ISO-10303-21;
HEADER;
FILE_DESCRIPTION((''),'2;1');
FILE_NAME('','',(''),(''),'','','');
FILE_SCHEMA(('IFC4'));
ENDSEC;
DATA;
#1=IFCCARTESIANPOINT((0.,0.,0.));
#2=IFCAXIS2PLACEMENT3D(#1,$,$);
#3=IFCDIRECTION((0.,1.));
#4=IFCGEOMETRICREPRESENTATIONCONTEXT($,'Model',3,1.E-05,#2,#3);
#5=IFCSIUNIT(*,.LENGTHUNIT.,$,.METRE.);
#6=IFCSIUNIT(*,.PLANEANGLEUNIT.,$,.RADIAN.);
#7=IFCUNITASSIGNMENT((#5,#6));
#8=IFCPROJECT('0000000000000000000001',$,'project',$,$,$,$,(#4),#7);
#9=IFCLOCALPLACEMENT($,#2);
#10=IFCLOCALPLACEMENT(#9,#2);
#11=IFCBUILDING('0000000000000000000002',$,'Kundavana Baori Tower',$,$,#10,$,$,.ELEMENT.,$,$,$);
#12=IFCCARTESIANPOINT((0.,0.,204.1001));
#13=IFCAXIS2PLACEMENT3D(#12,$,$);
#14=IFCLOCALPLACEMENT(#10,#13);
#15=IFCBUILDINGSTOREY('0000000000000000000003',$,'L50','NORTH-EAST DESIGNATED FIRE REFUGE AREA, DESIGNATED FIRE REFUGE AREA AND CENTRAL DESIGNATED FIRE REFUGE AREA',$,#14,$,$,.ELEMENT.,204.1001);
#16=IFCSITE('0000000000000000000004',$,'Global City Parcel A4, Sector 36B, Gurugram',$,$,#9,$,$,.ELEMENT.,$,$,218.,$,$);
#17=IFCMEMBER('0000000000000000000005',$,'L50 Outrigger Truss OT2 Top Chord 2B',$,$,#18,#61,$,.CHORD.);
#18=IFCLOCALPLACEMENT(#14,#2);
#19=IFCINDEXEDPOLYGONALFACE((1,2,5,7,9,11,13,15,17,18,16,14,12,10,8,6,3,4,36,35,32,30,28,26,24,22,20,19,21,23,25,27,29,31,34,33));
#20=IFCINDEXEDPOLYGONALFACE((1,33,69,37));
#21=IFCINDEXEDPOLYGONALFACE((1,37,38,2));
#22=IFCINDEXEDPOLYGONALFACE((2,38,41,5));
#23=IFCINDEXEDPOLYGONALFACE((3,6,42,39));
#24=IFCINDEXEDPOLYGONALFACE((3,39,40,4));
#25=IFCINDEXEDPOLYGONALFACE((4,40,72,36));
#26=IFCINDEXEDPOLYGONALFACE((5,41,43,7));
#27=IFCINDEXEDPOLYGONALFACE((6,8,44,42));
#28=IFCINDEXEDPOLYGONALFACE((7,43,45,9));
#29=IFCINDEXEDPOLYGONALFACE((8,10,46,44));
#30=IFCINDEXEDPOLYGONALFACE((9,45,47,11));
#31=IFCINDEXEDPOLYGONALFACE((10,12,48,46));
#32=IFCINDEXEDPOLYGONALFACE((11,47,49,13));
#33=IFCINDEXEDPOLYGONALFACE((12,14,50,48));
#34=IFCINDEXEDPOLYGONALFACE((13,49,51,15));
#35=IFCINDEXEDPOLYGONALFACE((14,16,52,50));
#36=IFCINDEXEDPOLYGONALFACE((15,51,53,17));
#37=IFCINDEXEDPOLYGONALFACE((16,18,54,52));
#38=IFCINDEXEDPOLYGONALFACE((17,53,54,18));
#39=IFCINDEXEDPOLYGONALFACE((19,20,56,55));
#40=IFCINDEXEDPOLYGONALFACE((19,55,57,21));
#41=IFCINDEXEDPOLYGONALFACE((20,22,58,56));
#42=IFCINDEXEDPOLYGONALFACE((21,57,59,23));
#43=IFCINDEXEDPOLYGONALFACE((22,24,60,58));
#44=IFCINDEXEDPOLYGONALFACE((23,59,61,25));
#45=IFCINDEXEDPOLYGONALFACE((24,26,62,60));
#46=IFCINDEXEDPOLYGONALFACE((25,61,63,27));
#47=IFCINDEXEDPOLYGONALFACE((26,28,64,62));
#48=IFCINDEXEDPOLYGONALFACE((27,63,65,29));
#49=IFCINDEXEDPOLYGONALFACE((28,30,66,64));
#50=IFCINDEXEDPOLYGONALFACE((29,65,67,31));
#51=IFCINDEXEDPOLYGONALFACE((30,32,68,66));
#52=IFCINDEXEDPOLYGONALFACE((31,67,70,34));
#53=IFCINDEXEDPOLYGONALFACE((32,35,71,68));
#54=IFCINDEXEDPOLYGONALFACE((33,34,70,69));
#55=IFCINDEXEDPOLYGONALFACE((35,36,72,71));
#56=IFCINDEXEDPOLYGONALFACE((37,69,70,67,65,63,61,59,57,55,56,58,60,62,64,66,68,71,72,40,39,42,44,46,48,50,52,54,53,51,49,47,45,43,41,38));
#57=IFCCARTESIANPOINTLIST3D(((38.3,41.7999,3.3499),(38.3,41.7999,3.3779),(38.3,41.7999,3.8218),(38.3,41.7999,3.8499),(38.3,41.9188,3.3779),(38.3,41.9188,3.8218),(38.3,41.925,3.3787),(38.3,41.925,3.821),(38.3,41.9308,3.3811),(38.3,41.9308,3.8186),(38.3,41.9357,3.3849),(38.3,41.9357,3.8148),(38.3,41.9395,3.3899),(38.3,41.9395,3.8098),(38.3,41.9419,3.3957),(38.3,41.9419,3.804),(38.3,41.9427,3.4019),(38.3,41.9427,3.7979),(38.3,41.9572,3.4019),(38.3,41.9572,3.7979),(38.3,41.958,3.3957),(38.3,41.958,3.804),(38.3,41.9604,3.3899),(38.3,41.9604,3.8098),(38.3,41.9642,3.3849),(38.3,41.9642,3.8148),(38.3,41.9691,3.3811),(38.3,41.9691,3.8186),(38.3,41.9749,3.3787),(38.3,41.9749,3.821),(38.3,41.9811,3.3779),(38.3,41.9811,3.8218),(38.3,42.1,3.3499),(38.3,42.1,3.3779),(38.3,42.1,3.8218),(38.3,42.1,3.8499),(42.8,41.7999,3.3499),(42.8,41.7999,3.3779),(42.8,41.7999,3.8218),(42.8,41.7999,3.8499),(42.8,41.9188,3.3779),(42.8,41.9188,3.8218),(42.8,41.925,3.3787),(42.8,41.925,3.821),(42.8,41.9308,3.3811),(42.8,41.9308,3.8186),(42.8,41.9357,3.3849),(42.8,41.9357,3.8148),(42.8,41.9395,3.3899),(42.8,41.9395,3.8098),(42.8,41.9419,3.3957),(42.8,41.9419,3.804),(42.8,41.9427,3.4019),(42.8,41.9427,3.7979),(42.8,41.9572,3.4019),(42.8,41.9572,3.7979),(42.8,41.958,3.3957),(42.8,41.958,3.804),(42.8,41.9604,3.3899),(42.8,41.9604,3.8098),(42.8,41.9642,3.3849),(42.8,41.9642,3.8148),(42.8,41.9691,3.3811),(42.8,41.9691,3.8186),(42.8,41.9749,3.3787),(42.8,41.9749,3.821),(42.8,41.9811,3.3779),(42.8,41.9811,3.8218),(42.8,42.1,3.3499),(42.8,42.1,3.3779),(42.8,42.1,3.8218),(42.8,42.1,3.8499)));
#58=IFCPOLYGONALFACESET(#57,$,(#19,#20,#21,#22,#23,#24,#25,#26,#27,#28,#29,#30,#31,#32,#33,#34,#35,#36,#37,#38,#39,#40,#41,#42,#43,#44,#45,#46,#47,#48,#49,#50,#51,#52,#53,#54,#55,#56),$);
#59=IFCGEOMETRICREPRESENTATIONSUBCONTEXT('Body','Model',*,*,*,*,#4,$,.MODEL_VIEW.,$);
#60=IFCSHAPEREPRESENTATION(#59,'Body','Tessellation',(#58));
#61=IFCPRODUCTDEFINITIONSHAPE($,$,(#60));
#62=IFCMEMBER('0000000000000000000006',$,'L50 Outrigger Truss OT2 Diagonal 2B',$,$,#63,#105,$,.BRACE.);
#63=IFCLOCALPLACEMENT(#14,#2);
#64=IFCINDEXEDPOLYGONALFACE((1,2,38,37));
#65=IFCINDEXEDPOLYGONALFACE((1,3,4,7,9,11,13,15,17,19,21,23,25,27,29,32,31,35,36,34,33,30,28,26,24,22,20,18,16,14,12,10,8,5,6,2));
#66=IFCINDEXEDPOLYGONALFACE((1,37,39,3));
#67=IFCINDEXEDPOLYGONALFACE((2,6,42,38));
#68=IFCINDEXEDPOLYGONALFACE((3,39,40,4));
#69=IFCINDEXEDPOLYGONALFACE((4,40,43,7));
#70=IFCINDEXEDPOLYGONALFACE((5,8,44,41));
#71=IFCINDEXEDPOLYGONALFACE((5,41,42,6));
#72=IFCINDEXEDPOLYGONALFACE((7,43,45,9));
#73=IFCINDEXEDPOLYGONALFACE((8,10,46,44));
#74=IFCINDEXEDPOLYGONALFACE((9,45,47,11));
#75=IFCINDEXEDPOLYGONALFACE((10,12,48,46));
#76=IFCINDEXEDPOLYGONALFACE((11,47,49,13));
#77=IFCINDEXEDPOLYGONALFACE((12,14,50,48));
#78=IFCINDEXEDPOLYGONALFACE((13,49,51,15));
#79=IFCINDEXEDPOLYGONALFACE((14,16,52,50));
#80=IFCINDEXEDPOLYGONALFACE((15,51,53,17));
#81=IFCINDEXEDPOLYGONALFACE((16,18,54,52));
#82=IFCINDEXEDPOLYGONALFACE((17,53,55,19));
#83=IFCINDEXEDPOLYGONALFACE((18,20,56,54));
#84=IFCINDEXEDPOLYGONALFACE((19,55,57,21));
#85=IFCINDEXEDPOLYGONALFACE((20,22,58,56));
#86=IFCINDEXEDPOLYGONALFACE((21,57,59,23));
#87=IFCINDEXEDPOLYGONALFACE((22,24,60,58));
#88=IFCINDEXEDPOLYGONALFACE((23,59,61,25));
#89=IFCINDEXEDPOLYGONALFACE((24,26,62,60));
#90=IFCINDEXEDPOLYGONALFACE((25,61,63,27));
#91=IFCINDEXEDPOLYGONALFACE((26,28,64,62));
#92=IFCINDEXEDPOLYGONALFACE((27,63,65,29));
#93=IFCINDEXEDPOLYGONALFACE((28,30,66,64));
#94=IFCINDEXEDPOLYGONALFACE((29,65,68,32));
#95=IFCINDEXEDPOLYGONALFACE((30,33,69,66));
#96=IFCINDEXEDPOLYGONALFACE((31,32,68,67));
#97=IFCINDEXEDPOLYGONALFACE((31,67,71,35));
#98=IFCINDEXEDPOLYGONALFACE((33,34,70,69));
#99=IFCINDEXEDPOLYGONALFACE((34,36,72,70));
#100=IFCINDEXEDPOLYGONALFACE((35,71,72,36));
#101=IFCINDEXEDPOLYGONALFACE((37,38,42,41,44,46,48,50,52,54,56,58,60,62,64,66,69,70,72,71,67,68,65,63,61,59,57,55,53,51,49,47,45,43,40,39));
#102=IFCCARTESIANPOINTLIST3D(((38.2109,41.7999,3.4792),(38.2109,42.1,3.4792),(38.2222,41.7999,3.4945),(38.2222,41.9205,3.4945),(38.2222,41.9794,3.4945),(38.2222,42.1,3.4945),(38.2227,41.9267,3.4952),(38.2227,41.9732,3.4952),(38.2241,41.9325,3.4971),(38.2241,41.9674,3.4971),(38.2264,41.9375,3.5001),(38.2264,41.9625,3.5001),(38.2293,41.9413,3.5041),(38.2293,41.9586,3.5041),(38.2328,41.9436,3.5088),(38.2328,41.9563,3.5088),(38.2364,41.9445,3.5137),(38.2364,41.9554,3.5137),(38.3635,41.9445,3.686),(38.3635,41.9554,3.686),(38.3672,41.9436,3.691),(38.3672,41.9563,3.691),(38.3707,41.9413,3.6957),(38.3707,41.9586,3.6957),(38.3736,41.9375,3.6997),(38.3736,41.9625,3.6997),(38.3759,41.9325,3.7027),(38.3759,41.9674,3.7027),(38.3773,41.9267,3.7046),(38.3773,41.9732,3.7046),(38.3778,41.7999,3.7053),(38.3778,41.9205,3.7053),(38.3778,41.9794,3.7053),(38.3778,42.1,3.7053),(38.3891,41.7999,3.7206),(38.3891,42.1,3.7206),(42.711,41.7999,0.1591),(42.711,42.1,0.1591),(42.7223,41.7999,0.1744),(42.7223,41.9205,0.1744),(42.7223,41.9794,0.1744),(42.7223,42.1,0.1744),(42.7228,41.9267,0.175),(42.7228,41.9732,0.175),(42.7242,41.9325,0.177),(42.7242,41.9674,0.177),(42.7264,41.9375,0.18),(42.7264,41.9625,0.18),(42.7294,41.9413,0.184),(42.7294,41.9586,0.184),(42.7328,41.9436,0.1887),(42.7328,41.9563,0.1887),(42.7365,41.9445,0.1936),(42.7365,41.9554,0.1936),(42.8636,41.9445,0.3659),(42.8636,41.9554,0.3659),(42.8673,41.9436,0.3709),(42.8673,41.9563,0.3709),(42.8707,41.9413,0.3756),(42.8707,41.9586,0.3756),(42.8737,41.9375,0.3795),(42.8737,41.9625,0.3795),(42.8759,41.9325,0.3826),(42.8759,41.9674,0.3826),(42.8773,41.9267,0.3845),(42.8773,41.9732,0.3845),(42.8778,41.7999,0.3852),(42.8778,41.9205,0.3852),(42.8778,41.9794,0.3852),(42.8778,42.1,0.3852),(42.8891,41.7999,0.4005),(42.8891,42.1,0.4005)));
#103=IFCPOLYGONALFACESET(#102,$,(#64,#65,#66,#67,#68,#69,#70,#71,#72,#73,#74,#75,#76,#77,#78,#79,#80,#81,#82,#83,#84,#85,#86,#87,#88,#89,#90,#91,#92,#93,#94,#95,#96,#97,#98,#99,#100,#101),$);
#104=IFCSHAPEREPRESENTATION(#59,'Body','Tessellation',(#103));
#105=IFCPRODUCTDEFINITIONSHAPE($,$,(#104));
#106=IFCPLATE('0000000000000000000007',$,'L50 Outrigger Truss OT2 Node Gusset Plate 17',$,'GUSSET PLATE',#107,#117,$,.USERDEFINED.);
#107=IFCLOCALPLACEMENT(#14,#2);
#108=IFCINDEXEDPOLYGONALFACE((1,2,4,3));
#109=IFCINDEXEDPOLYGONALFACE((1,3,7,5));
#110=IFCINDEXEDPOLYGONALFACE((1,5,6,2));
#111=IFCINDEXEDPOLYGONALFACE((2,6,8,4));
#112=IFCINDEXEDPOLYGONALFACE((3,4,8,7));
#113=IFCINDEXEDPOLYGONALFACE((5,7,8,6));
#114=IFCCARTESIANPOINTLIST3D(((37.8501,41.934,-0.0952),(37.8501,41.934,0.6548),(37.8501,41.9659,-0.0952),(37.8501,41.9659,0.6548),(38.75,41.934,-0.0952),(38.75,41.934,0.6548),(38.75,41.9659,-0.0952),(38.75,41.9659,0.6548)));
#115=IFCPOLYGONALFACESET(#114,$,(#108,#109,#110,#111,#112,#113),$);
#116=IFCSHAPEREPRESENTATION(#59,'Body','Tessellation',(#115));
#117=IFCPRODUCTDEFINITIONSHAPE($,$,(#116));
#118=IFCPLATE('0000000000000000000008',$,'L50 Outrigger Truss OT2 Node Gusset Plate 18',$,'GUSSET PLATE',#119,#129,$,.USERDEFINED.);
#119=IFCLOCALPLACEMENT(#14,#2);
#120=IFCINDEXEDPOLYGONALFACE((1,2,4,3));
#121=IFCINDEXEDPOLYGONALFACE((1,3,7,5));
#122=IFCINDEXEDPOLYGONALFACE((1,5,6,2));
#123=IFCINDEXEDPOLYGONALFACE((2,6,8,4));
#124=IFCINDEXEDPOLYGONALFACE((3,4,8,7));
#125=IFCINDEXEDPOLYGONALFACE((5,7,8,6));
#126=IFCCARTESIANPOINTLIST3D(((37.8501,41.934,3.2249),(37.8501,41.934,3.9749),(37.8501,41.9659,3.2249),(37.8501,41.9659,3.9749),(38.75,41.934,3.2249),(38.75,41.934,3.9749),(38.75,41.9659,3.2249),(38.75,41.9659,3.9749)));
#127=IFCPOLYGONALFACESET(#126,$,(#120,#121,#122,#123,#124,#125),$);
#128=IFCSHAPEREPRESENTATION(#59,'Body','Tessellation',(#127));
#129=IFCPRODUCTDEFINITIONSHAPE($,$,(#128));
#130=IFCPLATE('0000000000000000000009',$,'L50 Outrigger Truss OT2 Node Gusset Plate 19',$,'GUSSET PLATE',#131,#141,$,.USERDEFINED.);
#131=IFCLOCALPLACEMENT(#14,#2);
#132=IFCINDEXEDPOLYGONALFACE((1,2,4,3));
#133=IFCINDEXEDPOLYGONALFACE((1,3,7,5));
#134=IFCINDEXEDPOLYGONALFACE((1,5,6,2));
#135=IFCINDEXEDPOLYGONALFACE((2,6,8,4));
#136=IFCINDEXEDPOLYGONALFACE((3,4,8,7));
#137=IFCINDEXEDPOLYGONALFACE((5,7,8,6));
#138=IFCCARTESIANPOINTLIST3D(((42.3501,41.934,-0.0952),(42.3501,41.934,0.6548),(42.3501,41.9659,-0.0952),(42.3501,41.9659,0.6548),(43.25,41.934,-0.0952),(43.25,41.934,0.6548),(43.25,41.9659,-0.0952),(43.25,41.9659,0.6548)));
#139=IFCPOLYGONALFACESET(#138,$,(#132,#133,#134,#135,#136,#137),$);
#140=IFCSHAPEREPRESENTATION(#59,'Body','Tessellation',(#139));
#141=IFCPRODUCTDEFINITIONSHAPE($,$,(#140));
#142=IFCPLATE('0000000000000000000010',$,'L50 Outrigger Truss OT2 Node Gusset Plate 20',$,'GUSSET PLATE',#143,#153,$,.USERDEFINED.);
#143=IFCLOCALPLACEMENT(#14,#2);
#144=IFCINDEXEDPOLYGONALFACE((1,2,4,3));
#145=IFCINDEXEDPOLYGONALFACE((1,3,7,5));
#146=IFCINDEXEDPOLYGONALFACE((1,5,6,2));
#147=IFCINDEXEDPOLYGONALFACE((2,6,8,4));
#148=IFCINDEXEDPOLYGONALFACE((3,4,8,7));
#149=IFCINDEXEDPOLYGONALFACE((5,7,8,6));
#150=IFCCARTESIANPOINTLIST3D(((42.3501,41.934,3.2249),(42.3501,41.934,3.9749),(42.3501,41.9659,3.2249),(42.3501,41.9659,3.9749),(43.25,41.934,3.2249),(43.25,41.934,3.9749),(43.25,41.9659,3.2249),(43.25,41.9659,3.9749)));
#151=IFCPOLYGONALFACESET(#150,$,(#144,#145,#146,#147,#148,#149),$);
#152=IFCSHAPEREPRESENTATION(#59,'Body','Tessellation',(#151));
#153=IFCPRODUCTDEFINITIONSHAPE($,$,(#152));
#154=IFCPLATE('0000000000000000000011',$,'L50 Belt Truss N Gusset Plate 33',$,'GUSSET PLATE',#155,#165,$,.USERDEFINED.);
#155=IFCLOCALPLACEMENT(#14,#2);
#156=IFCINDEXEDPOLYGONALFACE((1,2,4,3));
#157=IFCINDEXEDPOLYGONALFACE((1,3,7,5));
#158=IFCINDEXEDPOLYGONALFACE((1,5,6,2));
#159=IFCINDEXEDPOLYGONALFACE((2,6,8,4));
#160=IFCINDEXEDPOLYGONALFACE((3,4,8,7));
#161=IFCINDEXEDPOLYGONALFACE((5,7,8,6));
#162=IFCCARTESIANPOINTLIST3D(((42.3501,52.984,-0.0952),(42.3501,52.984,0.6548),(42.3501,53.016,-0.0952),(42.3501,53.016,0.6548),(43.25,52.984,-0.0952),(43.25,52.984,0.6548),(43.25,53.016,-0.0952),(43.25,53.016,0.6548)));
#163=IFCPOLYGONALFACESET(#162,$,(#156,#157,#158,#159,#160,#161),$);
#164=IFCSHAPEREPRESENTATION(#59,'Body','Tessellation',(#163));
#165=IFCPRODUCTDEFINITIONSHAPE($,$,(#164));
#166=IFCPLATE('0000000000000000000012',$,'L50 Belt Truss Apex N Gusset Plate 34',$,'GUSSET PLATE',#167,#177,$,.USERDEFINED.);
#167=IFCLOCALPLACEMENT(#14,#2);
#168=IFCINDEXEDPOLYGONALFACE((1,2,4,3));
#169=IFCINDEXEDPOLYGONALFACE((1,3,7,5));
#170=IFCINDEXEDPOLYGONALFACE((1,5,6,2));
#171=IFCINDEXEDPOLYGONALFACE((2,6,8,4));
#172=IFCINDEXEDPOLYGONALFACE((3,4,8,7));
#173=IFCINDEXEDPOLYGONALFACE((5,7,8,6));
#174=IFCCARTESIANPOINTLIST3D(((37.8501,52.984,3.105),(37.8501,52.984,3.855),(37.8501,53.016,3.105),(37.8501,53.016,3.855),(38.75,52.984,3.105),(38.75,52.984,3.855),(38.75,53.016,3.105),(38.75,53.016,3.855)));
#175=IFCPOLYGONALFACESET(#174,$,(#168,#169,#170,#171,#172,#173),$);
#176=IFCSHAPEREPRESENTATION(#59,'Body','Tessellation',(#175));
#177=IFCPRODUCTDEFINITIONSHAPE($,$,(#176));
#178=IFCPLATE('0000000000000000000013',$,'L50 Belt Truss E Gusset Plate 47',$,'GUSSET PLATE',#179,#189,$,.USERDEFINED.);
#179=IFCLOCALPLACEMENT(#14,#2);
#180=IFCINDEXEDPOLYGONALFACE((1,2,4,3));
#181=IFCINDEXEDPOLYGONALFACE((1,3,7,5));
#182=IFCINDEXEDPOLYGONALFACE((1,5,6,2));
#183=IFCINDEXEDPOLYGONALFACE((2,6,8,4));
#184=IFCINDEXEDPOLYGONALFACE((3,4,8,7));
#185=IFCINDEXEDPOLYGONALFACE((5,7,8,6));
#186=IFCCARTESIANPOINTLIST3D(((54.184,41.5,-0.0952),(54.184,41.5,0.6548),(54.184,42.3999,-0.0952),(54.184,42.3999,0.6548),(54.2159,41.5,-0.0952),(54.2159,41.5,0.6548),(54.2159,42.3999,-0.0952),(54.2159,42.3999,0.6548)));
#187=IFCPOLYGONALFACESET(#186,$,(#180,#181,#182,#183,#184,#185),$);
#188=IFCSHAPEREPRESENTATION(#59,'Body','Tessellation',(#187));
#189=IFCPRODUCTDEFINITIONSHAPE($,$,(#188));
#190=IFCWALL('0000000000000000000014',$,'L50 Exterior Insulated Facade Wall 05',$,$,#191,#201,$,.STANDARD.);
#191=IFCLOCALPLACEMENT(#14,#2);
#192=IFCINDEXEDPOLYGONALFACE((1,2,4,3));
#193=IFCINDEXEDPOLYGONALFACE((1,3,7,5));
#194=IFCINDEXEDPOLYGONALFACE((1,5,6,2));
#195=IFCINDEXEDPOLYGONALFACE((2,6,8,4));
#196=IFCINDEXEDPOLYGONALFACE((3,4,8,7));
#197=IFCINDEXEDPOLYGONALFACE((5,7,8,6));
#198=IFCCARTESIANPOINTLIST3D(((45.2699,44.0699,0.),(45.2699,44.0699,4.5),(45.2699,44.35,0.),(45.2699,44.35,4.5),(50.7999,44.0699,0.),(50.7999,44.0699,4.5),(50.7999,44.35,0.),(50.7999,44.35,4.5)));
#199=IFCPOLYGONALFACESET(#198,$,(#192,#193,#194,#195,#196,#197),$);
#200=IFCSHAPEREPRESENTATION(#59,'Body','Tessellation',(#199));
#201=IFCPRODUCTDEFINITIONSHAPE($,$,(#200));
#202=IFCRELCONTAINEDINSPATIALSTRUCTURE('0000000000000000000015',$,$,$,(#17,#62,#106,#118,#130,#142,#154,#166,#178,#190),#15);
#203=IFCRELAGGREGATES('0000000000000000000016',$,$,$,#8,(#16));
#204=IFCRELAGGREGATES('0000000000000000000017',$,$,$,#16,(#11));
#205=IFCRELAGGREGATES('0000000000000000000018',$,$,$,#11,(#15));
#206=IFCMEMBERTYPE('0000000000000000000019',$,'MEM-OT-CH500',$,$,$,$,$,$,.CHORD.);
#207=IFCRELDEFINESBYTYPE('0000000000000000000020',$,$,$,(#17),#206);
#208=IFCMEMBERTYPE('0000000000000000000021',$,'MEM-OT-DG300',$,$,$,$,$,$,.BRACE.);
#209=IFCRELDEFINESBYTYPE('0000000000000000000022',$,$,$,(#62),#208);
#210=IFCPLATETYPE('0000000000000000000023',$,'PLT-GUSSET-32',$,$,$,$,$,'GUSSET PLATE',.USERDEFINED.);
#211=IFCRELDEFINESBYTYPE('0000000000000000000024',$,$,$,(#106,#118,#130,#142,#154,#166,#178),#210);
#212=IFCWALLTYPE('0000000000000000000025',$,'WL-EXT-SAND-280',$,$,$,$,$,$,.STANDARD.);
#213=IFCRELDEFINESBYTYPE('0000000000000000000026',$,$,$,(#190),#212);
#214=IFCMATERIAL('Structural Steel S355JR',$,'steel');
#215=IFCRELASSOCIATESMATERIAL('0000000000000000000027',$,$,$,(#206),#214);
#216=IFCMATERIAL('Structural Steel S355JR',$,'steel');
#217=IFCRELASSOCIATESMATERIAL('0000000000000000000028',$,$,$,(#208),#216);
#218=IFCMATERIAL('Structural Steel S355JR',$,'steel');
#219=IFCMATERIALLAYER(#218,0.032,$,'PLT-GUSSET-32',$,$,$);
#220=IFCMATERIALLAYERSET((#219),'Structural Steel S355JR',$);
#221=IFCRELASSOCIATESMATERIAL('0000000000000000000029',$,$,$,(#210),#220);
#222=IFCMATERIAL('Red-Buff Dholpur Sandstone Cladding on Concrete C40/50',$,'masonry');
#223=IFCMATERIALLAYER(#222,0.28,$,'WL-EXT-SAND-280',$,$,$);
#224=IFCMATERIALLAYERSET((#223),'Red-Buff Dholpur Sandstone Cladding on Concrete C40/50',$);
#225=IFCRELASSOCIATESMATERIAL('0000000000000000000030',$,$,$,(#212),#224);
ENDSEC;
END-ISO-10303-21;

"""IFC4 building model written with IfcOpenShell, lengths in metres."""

from ifc_helpers import new_model, si_unit, direction, frame, frame_2d, origin, origin_2d, place, context, subcontext, project, spatial, rectangle, i_section, extrude, material, layer, layer_set, material_profile, profile_set, type_object, element, save


model = new_model("IFC4")

# Units and contexts
model_context = context("Model", 3, precision=1e-05, world=origin(), true_north=direction((0.0, 1.0)))
body_context = subcontext(model_context, "Body", "Model", "MODEL_VIEW")
ifc_project = project(units=[si_unit("LENGTHUNIT", "METRE"), si_unit("PLANEANGLEUNIT", "RADIAN")], contexts=[model_context])

# Site, building, storey
site_placement = place(None, origin())
site = spatial("IfcSite", under=ifc_project, at=site_placement, Name="Global City Parcel A4, Sector 36B, Gurugram", CompositionType="ELEMENT", RefElevation=218.0)
building_placement = place(site_placement, origin())
building = spatial("IfcBuilding", under=site, at=building_placement, Name="Kundavana Baori Tower", CompositionType="ELEMENT")
storey_placement = place(building_placement, frame((0.0, 0.0, 204.1001)))
storey = spatial("IfcBuildingStorey", under=building, at=storey_placement, Name="L50", Description="NORTH-EAST DESIGNATED FIRE REFUGE AREA, DESIGNATED FIRE REFUGE AREA AND CENTRAL DESIGNATED FIRE REFUGE AREA", CompositionType="ELEMENT", Elevation=204.1001)

# Members
ifc_material_1 = material(Name="Structural Steel S355JR", Category="steel")
ifc_material_profile_1 = material_profile(ifc_material_1, i_section(OverallWidth=0.3, OverallDepth=0.5, WebThickness=0.0144, FlangeThickness=0.0281, FilletRadius=0.0239, at=origin_2d()), Name="WPB 500x300x155")
ifc_profile_set_1 = profile_set([ifc_material_profile_1], Name="Structural Steel S355JR")
member_type_1 = type_object("IfcMemberType", Name="MEM-OT-CH500", PredefinedType="CHORD", material=ifc_profile_set_1)
member_1_placement = place(storey_placement, frame((38.3, 41.95, 3.5999), z_axis=(1.0, 0.0, 0.0), x_axis=(0.0, 1.0, 0.0)))
element("IfcMember", 1, at=member_1_placement, inside=storey, type_object=member_type_1, Name="L50 Outrigger Truss OT2 Top Chord 2B", PredefinedType="CHORD", context=body_context, shape_type="SweptSolid", body=[
    extrude(i_section(OverallWidth=0.3, OverallDepth=0.5, WebThickness=0.0144, FlangeThickness=0.0281, FilletRadius=0.0239, at=origin_2d()), origin(), (0.0, 0.0, 1.0), 4.5),
])
ifc_material_2 = material(Name="Structural Steel S355JR", Category="steel")
ifc_material_profile_2 = material_profile(ifc_material_2, i_section(OverallWidth=0.3, OverallDepth=0.3, WebThickness=0.011, FlangeThickness=0.019, FilletRadius=0.0239, at=origin_2d()), Name="WPB 300x300x117")
ifc_profile_set_2 = profile_set([ifc_material_profile_2], Name="Structural Steel S355JR")
member_type_2 = type_object("IfcMemberType", Name="MEM-OT-DG300", PredefinedType="BRACE", material=ifc_profile_set_2)
member_2_placement = place(storey_placement, frame((42.8, 41.95, 0.2798), z_axis=(-0.80469, 0.0, 0.593695), x_axis=(0.0, -1.0, 0.0)))
element("IfcMember", 2, at=member_2_placement, inside=storey, type_object=member_type_2, Name="L50 Outrigger Truss OT2 Diagonal 2B", PredefinedType="BRACE", context=body_context, shape_type="SweptSolid", body=[
    extrude(i_section(OverallWidth=0.3, OverallDepth=0.3, WebThickness=0.011, FlangeThickness=0.019, FilletRadius=0.0239, at=origin_2d()), origin(), (0.0, 0.0, 1.0), 5.5923),
])

# Plates
ifc_material_3 = material(Name="Structural Steel S355JR", Category="steel")
ifc_layer_1 = layer(ifc_material_3, 0.032, Name="PLT-GUSSET-32")
ifc_layer_set_1 = layer_set([ifc_layer_1], Name="Structural Steel S355JR")
plate_type = type_object("IfcPlateType", Name="PLT-GUSSET-32", ElementType="GUSSET PLATE", PredefinedType="USERDEFINED", material=ifc_layer_set_1)
for number, where, z_axis, x_axis, name in (
    (3, (38.3, 41.95, -0.0952), (0.0, 0.0, 1.0), (1.0, 0.0, 0.0), "L50 Outrigger Truss OT2 Node Gusset Plate 17"),
    (4, (38.3, 41.95, 3.2249), (0.0, 0.0, 1.0), (1.0, 0.0, 0.0), "L50 Outrigger Truss OT2 Node Gusset Plate 18"),
    (5, (42.8, 41.95, -0.0952), (0.0, 0.0, 1.0), (1.0, 0.0, 0.0), "L50 Outrigger Truss OT2 Node Gusset Plate 19"),
    (6, (42.8, 41.95, 3.2249), (0.0, 0.0, 1.0), (1.0, 0.0, 0.0), "L50 Outrigger Truss OT2 Node Gusset Plate 20"),
    (7, (42.8, 53.0, -0.0952), (0.0, 0.0, 1.0), (1.0, 0.0, 0.0), "L50 Belt Truss N Gusset Plate 33"),
    (8, (38.3, 53.0, 3.105), (0.0, 0.0, 1.0), (1.0, 0.0, 0.0), "L50 Belt Truss Apex N Gusset Plate 34"),
):
    element("IfcPlate", number, at=place(storey_placement, frame(where, z_axis=z_axis, x_axis=x_axis)), inside=storey, type_object=plate_type, Name=name, ObjectType="GUSSET PLATE", PredefinedType="USERDEFINED", context=body_context, shape_type="SweptSolid", body=[
        extrude(rectangle(XDim=0.8999, YDim=0.032, at=origin_2d()), origin(), (0.0, 0.0, 1.0), 0.75),
    ])
plate_placement = place(storey_placement, frame((54.2, 41.95, -0.0952), z_axis=(0.0, 0.0, 1.0), x_axis=(1.0, 0.0, 0.0)))
element("IfcPlate", 9, at=plate_placement, inside=storey, type_object=plate_type, Name="L50 Belt Truss E Gusset Plate 47", ObjectType="GUSSET PLATE", PredefinedType="USERDEFINED", context=body_context, shape_type="SweptSolid", body=[
    extrude(rectangle(XDim=0.032, YDim=0.8999, at=origin_2d()), origin(), (0.0, 0.0, 1.0), 0.75),
])

# Wall
ifc_material_4 = material(Name="Red-Buff Dholpur Sandstone Cladding on Concrete C40/50", Category="masonry")
ifc_layer_2 = layer(ifc_material_4, 0.28, Name="WL-EXT-SAND-280")
ifc_layer_set_2 = layer_set([ifc_layer_2], Name="Red-Buff Dholpur Sandstone Cladding on Concrete C40/50")
wall_type = type_object("IfcWallType", Name="WL-EXT-SAND-280", PredefinedType="STANDARD", material=ifc_layer_set_2)
wall_1_placement = place(storey_placement, frame((50.8, 44.21, 0.0), z_axis=(0.0, 0.0, 1.0), x_axis=(-1.0, 0.0, 0.0)))
element("IfcWall", 10, at=wall_1_placement, inside=storey, type_object=wall_type, Name="L50 Exterior Insulated Facade Wall 05", PredefinedType="STANDARD", context=body_context, shape_type="SweptSolid", body=[
    extrude(rectangle(XDim=5.53, YDim=0.28, at=frame_2d((2.7651, 0.0))), origin(), (0.0, 0.0, 1.0), 4.5),
])

save(model, "model.ifc")
